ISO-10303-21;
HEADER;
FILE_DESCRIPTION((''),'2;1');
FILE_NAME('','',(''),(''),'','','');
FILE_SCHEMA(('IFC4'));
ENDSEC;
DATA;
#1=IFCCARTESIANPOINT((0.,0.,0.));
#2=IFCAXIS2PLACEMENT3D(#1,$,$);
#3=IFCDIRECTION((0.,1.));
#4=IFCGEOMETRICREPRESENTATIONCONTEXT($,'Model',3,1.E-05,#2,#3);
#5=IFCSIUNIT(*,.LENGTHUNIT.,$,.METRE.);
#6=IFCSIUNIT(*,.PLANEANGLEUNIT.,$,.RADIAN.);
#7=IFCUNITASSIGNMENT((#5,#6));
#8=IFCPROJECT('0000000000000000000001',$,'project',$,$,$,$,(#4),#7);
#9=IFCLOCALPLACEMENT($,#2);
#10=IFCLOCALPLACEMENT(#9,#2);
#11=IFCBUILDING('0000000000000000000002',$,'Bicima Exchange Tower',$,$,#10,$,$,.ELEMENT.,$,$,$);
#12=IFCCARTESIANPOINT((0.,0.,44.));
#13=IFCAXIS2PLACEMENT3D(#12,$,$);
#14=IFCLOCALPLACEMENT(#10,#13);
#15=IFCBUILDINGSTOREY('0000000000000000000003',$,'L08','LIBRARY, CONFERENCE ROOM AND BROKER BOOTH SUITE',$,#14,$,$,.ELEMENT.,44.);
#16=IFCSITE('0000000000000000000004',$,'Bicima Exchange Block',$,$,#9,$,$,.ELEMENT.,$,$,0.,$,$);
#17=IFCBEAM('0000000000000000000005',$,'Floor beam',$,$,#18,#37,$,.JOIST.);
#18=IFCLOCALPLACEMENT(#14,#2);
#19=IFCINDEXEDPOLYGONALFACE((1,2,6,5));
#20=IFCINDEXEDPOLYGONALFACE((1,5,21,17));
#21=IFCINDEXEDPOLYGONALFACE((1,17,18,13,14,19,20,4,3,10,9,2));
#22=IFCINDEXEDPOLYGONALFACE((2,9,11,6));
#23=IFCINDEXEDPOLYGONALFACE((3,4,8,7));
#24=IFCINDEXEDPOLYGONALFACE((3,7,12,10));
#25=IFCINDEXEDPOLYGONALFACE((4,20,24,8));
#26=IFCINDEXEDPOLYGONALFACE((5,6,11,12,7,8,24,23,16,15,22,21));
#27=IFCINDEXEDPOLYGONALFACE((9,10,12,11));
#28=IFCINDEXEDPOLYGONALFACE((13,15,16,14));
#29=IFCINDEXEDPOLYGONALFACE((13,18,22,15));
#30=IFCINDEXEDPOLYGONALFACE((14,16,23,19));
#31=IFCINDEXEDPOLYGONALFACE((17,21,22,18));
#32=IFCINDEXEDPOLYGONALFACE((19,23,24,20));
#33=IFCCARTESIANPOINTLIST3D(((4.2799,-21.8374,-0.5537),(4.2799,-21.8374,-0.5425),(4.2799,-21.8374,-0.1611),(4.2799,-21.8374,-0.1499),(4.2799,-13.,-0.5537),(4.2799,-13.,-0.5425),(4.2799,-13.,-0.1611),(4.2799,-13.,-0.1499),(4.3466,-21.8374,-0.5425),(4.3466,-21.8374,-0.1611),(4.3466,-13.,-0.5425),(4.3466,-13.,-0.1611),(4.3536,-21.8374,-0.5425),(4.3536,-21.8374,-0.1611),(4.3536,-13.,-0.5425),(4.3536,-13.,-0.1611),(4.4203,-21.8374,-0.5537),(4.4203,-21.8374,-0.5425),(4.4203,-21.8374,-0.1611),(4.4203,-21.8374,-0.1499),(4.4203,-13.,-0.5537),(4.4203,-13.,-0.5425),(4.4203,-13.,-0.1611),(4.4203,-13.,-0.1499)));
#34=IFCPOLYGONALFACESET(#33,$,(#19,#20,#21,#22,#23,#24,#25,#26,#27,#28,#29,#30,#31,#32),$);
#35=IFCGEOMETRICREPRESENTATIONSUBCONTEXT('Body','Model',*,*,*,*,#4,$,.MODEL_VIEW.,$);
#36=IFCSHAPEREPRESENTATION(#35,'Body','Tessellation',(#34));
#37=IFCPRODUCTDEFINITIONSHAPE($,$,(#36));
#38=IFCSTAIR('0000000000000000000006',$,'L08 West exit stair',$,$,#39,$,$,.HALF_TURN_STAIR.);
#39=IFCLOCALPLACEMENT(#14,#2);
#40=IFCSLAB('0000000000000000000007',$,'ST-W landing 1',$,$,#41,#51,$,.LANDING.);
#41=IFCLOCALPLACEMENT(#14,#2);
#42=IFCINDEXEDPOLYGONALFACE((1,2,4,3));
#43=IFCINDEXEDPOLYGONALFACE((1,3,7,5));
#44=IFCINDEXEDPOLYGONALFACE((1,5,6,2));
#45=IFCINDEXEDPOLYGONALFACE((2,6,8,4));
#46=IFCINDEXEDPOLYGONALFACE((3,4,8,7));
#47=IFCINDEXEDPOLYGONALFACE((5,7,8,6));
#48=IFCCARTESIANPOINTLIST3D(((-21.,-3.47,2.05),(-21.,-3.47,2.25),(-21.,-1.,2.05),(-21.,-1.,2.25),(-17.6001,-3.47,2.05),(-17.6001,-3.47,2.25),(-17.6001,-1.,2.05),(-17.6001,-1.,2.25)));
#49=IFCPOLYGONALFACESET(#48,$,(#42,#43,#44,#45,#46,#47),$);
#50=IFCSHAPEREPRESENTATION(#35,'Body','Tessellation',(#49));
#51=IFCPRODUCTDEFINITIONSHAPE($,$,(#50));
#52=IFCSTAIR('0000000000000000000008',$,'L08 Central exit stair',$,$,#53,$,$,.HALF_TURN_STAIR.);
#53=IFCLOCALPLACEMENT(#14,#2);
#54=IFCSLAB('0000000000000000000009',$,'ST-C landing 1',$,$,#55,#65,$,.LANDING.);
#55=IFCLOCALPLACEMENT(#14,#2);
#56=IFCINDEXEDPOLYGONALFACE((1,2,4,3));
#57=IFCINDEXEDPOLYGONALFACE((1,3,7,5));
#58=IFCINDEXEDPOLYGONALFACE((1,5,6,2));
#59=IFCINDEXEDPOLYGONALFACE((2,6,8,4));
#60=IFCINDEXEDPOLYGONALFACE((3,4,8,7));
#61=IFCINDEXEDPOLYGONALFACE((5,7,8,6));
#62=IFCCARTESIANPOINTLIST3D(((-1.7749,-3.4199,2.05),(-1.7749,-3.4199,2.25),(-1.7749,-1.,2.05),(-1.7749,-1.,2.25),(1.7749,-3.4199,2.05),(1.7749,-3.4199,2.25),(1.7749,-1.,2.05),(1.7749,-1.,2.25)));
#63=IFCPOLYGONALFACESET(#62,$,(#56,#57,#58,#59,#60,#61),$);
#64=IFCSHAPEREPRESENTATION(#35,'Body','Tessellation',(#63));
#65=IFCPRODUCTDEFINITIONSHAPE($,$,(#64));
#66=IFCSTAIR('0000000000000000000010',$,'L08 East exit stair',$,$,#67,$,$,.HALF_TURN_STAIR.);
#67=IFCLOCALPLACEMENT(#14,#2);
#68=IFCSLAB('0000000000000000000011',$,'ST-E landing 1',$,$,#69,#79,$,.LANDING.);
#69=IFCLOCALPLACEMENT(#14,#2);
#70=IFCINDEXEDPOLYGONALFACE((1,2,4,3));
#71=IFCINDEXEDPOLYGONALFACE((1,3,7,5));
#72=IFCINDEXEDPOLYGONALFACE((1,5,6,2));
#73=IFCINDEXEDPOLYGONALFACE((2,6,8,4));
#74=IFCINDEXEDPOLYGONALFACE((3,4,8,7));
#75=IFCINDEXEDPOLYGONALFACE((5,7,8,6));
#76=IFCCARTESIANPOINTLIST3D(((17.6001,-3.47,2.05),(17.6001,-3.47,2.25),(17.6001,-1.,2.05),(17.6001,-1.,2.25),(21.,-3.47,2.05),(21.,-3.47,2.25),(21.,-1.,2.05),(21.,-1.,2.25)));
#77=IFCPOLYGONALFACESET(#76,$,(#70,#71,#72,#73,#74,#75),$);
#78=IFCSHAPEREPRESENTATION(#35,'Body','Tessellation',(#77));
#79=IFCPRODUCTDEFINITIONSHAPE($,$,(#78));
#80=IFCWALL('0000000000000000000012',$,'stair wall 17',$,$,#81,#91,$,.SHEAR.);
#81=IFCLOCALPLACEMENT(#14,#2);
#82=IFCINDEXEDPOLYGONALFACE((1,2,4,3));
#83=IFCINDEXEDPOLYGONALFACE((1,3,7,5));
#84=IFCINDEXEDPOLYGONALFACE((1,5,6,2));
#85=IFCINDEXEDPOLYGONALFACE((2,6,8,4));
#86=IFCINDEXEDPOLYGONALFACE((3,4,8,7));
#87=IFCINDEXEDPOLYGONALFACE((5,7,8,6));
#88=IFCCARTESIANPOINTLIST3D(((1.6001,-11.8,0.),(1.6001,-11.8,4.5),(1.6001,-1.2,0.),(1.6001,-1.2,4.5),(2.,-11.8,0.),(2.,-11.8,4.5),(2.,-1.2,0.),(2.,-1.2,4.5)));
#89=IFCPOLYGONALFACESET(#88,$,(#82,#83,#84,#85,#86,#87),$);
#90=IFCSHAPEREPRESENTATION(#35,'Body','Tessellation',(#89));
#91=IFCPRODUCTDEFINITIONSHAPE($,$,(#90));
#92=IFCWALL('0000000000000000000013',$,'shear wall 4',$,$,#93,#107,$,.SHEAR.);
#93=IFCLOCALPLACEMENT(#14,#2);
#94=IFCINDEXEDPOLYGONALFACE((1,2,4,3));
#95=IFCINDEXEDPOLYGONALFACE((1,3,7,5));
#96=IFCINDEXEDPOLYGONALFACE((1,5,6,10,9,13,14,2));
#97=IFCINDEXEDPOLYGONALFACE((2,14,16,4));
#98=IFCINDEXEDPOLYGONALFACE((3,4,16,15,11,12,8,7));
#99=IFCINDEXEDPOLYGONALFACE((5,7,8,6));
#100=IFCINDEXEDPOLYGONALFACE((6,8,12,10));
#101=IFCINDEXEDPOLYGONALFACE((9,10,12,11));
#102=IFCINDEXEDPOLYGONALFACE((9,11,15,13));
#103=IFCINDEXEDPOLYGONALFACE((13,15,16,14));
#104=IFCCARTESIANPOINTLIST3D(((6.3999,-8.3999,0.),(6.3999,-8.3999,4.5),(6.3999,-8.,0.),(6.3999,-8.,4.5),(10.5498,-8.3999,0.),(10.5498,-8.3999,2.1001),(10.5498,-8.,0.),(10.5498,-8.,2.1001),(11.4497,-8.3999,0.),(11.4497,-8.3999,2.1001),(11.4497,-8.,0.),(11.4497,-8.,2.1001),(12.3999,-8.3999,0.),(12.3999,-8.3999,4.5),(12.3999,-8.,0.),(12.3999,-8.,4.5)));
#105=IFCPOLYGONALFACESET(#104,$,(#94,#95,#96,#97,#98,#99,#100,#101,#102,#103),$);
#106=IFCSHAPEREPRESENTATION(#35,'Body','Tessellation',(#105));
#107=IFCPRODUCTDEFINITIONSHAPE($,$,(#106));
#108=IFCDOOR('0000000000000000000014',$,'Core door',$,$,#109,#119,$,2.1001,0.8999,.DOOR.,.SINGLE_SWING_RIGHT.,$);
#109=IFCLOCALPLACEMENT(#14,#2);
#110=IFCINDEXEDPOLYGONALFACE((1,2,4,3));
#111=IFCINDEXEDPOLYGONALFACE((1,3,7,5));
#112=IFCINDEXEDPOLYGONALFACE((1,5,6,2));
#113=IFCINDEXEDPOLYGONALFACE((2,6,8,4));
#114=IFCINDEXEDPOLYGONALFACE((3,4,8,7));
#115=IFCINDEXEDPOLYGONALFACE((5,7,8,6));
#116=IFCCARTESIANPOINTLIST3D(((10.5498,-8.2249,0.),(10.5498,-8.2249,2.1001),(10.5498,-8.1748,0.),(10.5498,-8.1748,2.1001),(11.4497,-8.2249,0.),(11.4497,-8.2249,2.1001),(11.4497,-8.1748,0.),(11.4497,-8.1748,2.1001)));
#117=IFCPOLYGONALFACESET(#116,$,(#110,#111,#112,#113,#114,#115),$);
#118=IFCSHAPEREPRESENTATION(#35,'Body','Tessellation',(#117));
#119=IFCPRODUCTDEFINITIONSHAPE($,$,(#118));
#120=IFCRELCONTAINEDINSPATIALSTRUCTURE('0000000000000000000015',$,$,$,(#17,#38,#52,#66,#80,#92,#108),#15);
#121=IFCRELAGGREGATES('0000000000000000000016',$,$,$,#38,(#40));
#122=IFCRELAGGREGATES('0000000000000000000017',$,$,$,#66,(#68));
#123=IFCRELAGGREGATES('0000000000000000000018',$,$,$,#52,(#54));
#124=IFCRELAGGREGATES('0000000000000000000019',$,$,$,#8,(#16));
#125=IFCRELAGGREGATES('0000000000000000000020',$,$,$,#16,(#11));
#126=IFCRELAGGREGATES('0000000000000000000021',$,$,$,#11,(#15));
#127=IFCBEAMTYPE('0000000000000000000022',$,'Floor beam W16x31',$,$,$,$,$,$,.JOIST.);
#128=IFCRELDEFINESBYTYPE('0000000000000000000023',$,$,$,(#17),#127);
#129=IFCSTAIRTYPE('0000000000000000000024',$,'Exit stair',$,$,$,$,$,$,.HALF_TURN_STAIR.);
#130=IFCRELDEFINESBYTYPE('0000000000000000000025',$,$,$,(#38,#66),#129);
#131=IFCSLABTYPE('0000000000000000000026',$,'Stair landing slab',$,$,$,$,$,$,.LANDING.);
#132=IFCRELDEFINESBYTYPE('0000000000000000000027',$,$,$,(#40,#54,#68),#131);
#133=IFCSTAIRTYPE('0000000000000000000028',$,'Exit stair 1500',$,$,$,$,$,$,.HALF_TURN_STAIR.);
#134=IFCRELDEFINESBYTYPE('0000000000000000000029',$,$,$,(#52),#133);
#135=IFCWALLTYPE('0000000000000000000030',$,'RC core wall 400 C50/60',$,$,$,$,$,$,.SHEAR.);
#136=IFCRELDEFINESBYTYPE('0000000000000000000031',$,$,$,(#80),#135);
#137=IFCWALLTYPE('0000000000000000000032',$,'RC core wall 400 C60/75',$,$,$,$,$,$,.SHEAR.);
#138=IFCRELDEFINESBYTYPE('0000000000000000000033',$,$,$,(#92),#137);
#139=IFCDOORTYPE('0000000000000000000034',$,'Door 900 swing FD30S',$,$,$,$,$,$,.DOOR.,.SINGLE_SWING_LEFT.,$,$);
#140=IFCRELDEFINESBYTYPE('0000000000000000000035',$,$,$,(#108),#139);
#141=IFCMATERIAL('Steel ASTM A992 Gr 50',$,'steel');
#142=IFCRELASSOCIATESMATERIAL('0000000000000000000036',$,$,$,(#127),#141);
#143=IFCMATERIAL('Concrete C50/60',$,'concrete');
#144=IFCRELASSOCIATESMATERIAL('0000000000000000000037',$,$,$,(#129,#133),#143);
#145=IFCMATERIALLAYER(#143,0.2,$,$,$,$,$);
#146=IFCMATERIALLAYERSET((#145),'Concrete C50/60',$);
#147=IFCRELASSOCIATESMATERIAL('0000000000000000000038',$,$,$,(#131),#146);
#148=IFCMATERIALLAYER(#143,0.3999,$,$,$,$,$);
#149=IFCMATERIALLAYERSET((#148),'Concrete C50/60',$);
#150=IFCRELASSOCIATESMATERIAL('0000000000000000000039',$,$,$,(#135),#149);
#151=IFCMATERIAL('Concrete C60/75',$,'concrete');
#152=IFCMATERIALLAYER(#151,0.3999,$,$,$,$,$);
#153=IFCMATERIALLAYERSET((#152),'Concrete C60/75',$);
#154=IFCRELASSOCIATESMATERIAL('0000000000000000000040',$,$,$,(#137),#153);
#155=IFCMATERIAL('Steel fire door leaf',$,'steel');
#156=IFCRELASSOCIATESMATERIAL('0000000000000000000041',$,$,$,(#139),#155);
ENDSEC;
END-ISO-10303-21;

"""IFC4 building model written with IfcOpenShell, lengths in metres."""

from ifc_helpers import new_model, si_unit, direction, frame, frame_2d, origin, origin_2d, place, context, subcontext, project, spatial, polyline, rectangle, i_section, outline, extrude, material, layer, layer_set, material_profile, profile_set, type_object, element, fill, aggregate, save


model = new_model("IFC4")

# Units and contexts
model_context = context("Model", 3, precision=1e-05, world=origin(), true_north=direction((0.0, 1.0)))
body_context = subcontext(model_context, "Body", "Model", "MODEL_VIEW")
ifc_project = project(units=[si_unit("LENGTHUNIT", "METRE"), si_unit("PLANEANGLEUNIT", "RADIAN")], contexts=[model_context])

# Site, building, storey
site_placement = place(None, origin())
site = spatial("IfcSite", under=ifc_project, at=site_placement, Name="Bicima Exchange Block", CompositionType="ELEMENT", RefElevation=0.0)
building_placement = place(site_placement, origin())
building = spatial("IfcBuilding", under=site, at=building_placement, Name="Bicima Exchange Tower", CompositionType="ELEMENT")
storey_placement = place(building_placement, frame((0.0, 0.0, 44.0)))
storey = spatial("IfcBuildingStorey", under=building, at=storey_placement, Name="L08", Description="LIBRARY, CONFERENCE ROOM AND BROKER BOOTH SUITE", CompositionType="ELEMENT", Elevation=44.0)

# Beam
ifc_material_1 = material(Name="Steel ASTM A992 Gr 50", Category="steel")
ifc_material_profile = material_profile(ifc_material_1, i_section(OverallWidth=0.1404, OverallDepth=0.4038, WebThickness=0.0071, FlangeThickness=0.0112, at=origin_2d()))
ifc_profile_set = profile_set([ifc_material_profile], Name="Steel ASTM A992 Gr 50")
beam_type = type_object("IfcBeamType", Name="Floor beam W16x31", PredefinedType="JOIST", material=ifc_profile_set)
beam_placement = place(storey_placement, frame((4.3501, -13.0, -0.3518), z_axis=(0.0, -1.0, 0.0), x_axis=(1.0, 0.0, 0.0)))
element("IfcBeam", 1, at=beam_placement, inside=storey, type_object=beam_type, Name="Floor beam", PredefinedType="JOIST", context=body_context, shape_type="SweptSolid", body=[
    extrude(i_section(OverallWidth=0.1404, OverallDepth=0.4038, WebThickness=0.0071, FlangeThickness=0.0112, at=origin_2d()), origin(), (0.0, 0.0, 1.0), 8.8374),
])

# Stairs, slabs
ifc_material_2 = material(Name="Concrete C50/60", Category="concrete")
stair_type_1 = type_object("IfcStairType", Name="Exit stair", PredefinedType="HALF_TURN_STAIR", material=ifc_material_2)
stair_1_placement = place(storey_placement, origin())
stair_1 = element("IfcStair", 2, at=stair_1_placement, inside=storey, type_object=stair_type_1, Name="L08 West exit stair", PredefinedType="HALF_TURN_STAIR")
ifc_layer_1 = layer(ifc_material_2, 0.2)
ifc_layer_set_1 = layer_set([ifc_layer_1], Name="Concrete C50/60")
slab_type = type_object("IfcSlabType", Name="Stair landing slab", PredefinedType="LANDING", material=ifc_layer_set_1)
slab_1_placement = place(storey_placement, frame((0.0, 0.0, 2.05)))
slab_1 = element("IfcSlab", 3, at=slab_1_placement, type_object=slab_type, Name="ST-W landing 1", PredefinedType="LANDING", context=body_context, shape_type="SweptSolid", body=[
    extrude(outline(polyline([(-17.6001, -3.47), (-17.6001, -1.0), (-21.0, -1.0), (-21.0, -3.47), (-17.6001, -3.47)])), origin(), (0.0, 0.0, 1.0), 0.2),
])
aggregate(stair_1, [slab_1])
stair_type_2 = type_object("IfcStairType", Name="Exit stair 1500", PredefinedType="HALF_TURN_STAIR", material=ifc_material_2)
stair_2_placement = place(storey_placement, origin())
stair_2 = element("IfcStair", 4, at=stair_2_placement, inside=storey, type_object=stair_type_2, Name="L08 Central exit stair", PredefinedType="HALF_TURN_STAIR")
slab_2_placement = place(storey_placement, frame((0.0, 0.0, 2.05)))
slab_2 = element("IfcSlab", 5, at=slab_2_placement, type_object=slab_type, Name="ST-C landing 1", PredefinedType="LANDING", context=body_context, shape_type="SweptSolid", body=[
    extrude(outline(polyline([(1.7749, -3.4199), (1.7749, -1.0), (-1.7749, -1.0), (-1.7749, -3.4199), (1.7749, -3.4199)])), origin(), (0.0, 0.0, 1.0), 0.2),
])
stair_3_placement = place(storey_placement, origin())
stair_3 = element("IfcStair", 6, at=stair_3_placement, inside=storey, type_object=stair_type_1, Name="L08 East exit stair", PredefinedType="HALF_TURN_STAIR")
slab_3_placement = place(storey_placement, frame((0.0, 0.0, 2.05)))
slab_3 = element("IfcSlab", 7, at=slab_3_placement, type_object=slab_type, Name="ST-E landing 1", PredefinedType="LANDING", context=body_context, shape_type="SweptSolid", body=[
    extrude(outline(polyline([(21.0, -3.47), (21.0, -1.0), (17.6001, -1.0), (17.6001, -3.47), (21.0, -3.47)])), origin(), (0.0, 0.0, 1.0), 0.2),
])
aggregate(stair_3, [slab_3])

# Wall
ifc_layer_2 = layer(ifc_material_2, 0.3999)
ifc_layer_set_2 = layer_set([ifc_layer_2], Name="Concrete C50/60")
wall_type_1 = type_object("IfcWallType", Name="RC core wall 400 C50/60", PredefinedType="SHEAR", material=ifc_layer_set_2)
wall_1_placement = place(storey_placement, frame((1.8, -11.8, 0.0), z_axis=(0.0, 0.0, 1.0), x_axis=(0.0, 1.0, 0.0)))
element("IfcWall", 8, at=wall_1_placement, inside=storey, type_object=wall_type_1, Name="stair wall 17", PredefinedType="SHEAR", context=body_context, shape_type="SweptSolid", body=[
    extrude(rectangle(XDim=10.6001, YDim=0.3999, at=frame_2d((5.3, 0.0))), origin(), (0.0, 0.0, 1.0), 4.5),
])

# Wall, opening, door
ifc_material_3 = material(Name="Concrete C60/75", Category="concrete")
ifc_layer_3 = layer(ifc_material_3, 0.3999)
ifc_layer_set_3 = layer_set([ifc_layer_3], Name="Concrete C60/75")
wall_type_2 = type_object("IfcWallType", Name="RC core wall 400 C60/75", PredefinedType="SHEAR", material=ifc_layer_set_3)
wall_2_placement = place(storey_placement, frame((6.3999, -8.2, 0.0), z_axis=(0.0, 0.0, 1.0), x_axis=(1.0, 0.0, 0.0)))
wall_2 = element("IfcWall", 9, at=wall_2_placement, inside=storey, type_object=wall_type_2, Name="shear wall 4", PredefinedType="SHEAR", context=body_context, shape_type="SweptSolid", body=[
    extrude(rectangle(XDim=6.0, YDim=0.3999, at=frame_2d((3.0, 0.0))), origin(), (0.0, 0.0, 1.0), 4.5),
])
opening_1_placement = place(wall_2_placement, frame((4.1499, 0.0, 0.0)))
opening_1 = element("IfcOpeningElement", 10, at=opening_1_placement, cuts=wall_2, PredefinedType="OPENING", context=body_context, shape_type="SweptSolid", body=[
    extrude(rectangle(XDim=0.8999, YDim=2.1001, at=frame_2d((0.45, 1.05))), frame((0.0, 0.2119, 0.0), z_axis=(0.0, -1.0, 0.0), x_axis=(1.0, 0.0, 0.0)), (0.0, 0.0, 1.0), 0.4238),
])
ifc_material_4 = material(Name="Steel fire door leaf", Category="steel")
door_type_1 = type_object("IfcDoorType", Name="Door 900 swing FD30S", OperationType="SINGLE_SWING_LEFT", PredefinedType="DOOR", material=ifc_material_4)
door_1_placement = place(opening_1_placement, frame((0.8999, 0.0, 0.0), z_axis=(0.0, 0.0, 1.0), x_axis=(-1.0, 0.0, 0.0)))
door_1 = element("IfcDoor", 11, at=door_1_placement, inside=storey, type_object=door_type_1, Name="Core door", OperationType="SINGLE_SWING_RIGHT", OverallHeight=2.1001, OverallWidth=0.8999, PredefinedType="DOOR", context=body_context, shape_type="SweptSolid", body=[
    extrude(rectangle(XDim=0.8999, YDim=2.1001, at=frame_2d((0.45, 1.05))), frame((0.0, 0.0249, 0.0), z_axis=(0.0, -1.0, 0.0), x_axis=(1.0, 0.0, 0.0)), (0.0, 0.0, 1.0), 0.05),
])
fill(opening_1, door_1)

aggregate(stair_2, [slab_2])

save(model, "model.ifc")
